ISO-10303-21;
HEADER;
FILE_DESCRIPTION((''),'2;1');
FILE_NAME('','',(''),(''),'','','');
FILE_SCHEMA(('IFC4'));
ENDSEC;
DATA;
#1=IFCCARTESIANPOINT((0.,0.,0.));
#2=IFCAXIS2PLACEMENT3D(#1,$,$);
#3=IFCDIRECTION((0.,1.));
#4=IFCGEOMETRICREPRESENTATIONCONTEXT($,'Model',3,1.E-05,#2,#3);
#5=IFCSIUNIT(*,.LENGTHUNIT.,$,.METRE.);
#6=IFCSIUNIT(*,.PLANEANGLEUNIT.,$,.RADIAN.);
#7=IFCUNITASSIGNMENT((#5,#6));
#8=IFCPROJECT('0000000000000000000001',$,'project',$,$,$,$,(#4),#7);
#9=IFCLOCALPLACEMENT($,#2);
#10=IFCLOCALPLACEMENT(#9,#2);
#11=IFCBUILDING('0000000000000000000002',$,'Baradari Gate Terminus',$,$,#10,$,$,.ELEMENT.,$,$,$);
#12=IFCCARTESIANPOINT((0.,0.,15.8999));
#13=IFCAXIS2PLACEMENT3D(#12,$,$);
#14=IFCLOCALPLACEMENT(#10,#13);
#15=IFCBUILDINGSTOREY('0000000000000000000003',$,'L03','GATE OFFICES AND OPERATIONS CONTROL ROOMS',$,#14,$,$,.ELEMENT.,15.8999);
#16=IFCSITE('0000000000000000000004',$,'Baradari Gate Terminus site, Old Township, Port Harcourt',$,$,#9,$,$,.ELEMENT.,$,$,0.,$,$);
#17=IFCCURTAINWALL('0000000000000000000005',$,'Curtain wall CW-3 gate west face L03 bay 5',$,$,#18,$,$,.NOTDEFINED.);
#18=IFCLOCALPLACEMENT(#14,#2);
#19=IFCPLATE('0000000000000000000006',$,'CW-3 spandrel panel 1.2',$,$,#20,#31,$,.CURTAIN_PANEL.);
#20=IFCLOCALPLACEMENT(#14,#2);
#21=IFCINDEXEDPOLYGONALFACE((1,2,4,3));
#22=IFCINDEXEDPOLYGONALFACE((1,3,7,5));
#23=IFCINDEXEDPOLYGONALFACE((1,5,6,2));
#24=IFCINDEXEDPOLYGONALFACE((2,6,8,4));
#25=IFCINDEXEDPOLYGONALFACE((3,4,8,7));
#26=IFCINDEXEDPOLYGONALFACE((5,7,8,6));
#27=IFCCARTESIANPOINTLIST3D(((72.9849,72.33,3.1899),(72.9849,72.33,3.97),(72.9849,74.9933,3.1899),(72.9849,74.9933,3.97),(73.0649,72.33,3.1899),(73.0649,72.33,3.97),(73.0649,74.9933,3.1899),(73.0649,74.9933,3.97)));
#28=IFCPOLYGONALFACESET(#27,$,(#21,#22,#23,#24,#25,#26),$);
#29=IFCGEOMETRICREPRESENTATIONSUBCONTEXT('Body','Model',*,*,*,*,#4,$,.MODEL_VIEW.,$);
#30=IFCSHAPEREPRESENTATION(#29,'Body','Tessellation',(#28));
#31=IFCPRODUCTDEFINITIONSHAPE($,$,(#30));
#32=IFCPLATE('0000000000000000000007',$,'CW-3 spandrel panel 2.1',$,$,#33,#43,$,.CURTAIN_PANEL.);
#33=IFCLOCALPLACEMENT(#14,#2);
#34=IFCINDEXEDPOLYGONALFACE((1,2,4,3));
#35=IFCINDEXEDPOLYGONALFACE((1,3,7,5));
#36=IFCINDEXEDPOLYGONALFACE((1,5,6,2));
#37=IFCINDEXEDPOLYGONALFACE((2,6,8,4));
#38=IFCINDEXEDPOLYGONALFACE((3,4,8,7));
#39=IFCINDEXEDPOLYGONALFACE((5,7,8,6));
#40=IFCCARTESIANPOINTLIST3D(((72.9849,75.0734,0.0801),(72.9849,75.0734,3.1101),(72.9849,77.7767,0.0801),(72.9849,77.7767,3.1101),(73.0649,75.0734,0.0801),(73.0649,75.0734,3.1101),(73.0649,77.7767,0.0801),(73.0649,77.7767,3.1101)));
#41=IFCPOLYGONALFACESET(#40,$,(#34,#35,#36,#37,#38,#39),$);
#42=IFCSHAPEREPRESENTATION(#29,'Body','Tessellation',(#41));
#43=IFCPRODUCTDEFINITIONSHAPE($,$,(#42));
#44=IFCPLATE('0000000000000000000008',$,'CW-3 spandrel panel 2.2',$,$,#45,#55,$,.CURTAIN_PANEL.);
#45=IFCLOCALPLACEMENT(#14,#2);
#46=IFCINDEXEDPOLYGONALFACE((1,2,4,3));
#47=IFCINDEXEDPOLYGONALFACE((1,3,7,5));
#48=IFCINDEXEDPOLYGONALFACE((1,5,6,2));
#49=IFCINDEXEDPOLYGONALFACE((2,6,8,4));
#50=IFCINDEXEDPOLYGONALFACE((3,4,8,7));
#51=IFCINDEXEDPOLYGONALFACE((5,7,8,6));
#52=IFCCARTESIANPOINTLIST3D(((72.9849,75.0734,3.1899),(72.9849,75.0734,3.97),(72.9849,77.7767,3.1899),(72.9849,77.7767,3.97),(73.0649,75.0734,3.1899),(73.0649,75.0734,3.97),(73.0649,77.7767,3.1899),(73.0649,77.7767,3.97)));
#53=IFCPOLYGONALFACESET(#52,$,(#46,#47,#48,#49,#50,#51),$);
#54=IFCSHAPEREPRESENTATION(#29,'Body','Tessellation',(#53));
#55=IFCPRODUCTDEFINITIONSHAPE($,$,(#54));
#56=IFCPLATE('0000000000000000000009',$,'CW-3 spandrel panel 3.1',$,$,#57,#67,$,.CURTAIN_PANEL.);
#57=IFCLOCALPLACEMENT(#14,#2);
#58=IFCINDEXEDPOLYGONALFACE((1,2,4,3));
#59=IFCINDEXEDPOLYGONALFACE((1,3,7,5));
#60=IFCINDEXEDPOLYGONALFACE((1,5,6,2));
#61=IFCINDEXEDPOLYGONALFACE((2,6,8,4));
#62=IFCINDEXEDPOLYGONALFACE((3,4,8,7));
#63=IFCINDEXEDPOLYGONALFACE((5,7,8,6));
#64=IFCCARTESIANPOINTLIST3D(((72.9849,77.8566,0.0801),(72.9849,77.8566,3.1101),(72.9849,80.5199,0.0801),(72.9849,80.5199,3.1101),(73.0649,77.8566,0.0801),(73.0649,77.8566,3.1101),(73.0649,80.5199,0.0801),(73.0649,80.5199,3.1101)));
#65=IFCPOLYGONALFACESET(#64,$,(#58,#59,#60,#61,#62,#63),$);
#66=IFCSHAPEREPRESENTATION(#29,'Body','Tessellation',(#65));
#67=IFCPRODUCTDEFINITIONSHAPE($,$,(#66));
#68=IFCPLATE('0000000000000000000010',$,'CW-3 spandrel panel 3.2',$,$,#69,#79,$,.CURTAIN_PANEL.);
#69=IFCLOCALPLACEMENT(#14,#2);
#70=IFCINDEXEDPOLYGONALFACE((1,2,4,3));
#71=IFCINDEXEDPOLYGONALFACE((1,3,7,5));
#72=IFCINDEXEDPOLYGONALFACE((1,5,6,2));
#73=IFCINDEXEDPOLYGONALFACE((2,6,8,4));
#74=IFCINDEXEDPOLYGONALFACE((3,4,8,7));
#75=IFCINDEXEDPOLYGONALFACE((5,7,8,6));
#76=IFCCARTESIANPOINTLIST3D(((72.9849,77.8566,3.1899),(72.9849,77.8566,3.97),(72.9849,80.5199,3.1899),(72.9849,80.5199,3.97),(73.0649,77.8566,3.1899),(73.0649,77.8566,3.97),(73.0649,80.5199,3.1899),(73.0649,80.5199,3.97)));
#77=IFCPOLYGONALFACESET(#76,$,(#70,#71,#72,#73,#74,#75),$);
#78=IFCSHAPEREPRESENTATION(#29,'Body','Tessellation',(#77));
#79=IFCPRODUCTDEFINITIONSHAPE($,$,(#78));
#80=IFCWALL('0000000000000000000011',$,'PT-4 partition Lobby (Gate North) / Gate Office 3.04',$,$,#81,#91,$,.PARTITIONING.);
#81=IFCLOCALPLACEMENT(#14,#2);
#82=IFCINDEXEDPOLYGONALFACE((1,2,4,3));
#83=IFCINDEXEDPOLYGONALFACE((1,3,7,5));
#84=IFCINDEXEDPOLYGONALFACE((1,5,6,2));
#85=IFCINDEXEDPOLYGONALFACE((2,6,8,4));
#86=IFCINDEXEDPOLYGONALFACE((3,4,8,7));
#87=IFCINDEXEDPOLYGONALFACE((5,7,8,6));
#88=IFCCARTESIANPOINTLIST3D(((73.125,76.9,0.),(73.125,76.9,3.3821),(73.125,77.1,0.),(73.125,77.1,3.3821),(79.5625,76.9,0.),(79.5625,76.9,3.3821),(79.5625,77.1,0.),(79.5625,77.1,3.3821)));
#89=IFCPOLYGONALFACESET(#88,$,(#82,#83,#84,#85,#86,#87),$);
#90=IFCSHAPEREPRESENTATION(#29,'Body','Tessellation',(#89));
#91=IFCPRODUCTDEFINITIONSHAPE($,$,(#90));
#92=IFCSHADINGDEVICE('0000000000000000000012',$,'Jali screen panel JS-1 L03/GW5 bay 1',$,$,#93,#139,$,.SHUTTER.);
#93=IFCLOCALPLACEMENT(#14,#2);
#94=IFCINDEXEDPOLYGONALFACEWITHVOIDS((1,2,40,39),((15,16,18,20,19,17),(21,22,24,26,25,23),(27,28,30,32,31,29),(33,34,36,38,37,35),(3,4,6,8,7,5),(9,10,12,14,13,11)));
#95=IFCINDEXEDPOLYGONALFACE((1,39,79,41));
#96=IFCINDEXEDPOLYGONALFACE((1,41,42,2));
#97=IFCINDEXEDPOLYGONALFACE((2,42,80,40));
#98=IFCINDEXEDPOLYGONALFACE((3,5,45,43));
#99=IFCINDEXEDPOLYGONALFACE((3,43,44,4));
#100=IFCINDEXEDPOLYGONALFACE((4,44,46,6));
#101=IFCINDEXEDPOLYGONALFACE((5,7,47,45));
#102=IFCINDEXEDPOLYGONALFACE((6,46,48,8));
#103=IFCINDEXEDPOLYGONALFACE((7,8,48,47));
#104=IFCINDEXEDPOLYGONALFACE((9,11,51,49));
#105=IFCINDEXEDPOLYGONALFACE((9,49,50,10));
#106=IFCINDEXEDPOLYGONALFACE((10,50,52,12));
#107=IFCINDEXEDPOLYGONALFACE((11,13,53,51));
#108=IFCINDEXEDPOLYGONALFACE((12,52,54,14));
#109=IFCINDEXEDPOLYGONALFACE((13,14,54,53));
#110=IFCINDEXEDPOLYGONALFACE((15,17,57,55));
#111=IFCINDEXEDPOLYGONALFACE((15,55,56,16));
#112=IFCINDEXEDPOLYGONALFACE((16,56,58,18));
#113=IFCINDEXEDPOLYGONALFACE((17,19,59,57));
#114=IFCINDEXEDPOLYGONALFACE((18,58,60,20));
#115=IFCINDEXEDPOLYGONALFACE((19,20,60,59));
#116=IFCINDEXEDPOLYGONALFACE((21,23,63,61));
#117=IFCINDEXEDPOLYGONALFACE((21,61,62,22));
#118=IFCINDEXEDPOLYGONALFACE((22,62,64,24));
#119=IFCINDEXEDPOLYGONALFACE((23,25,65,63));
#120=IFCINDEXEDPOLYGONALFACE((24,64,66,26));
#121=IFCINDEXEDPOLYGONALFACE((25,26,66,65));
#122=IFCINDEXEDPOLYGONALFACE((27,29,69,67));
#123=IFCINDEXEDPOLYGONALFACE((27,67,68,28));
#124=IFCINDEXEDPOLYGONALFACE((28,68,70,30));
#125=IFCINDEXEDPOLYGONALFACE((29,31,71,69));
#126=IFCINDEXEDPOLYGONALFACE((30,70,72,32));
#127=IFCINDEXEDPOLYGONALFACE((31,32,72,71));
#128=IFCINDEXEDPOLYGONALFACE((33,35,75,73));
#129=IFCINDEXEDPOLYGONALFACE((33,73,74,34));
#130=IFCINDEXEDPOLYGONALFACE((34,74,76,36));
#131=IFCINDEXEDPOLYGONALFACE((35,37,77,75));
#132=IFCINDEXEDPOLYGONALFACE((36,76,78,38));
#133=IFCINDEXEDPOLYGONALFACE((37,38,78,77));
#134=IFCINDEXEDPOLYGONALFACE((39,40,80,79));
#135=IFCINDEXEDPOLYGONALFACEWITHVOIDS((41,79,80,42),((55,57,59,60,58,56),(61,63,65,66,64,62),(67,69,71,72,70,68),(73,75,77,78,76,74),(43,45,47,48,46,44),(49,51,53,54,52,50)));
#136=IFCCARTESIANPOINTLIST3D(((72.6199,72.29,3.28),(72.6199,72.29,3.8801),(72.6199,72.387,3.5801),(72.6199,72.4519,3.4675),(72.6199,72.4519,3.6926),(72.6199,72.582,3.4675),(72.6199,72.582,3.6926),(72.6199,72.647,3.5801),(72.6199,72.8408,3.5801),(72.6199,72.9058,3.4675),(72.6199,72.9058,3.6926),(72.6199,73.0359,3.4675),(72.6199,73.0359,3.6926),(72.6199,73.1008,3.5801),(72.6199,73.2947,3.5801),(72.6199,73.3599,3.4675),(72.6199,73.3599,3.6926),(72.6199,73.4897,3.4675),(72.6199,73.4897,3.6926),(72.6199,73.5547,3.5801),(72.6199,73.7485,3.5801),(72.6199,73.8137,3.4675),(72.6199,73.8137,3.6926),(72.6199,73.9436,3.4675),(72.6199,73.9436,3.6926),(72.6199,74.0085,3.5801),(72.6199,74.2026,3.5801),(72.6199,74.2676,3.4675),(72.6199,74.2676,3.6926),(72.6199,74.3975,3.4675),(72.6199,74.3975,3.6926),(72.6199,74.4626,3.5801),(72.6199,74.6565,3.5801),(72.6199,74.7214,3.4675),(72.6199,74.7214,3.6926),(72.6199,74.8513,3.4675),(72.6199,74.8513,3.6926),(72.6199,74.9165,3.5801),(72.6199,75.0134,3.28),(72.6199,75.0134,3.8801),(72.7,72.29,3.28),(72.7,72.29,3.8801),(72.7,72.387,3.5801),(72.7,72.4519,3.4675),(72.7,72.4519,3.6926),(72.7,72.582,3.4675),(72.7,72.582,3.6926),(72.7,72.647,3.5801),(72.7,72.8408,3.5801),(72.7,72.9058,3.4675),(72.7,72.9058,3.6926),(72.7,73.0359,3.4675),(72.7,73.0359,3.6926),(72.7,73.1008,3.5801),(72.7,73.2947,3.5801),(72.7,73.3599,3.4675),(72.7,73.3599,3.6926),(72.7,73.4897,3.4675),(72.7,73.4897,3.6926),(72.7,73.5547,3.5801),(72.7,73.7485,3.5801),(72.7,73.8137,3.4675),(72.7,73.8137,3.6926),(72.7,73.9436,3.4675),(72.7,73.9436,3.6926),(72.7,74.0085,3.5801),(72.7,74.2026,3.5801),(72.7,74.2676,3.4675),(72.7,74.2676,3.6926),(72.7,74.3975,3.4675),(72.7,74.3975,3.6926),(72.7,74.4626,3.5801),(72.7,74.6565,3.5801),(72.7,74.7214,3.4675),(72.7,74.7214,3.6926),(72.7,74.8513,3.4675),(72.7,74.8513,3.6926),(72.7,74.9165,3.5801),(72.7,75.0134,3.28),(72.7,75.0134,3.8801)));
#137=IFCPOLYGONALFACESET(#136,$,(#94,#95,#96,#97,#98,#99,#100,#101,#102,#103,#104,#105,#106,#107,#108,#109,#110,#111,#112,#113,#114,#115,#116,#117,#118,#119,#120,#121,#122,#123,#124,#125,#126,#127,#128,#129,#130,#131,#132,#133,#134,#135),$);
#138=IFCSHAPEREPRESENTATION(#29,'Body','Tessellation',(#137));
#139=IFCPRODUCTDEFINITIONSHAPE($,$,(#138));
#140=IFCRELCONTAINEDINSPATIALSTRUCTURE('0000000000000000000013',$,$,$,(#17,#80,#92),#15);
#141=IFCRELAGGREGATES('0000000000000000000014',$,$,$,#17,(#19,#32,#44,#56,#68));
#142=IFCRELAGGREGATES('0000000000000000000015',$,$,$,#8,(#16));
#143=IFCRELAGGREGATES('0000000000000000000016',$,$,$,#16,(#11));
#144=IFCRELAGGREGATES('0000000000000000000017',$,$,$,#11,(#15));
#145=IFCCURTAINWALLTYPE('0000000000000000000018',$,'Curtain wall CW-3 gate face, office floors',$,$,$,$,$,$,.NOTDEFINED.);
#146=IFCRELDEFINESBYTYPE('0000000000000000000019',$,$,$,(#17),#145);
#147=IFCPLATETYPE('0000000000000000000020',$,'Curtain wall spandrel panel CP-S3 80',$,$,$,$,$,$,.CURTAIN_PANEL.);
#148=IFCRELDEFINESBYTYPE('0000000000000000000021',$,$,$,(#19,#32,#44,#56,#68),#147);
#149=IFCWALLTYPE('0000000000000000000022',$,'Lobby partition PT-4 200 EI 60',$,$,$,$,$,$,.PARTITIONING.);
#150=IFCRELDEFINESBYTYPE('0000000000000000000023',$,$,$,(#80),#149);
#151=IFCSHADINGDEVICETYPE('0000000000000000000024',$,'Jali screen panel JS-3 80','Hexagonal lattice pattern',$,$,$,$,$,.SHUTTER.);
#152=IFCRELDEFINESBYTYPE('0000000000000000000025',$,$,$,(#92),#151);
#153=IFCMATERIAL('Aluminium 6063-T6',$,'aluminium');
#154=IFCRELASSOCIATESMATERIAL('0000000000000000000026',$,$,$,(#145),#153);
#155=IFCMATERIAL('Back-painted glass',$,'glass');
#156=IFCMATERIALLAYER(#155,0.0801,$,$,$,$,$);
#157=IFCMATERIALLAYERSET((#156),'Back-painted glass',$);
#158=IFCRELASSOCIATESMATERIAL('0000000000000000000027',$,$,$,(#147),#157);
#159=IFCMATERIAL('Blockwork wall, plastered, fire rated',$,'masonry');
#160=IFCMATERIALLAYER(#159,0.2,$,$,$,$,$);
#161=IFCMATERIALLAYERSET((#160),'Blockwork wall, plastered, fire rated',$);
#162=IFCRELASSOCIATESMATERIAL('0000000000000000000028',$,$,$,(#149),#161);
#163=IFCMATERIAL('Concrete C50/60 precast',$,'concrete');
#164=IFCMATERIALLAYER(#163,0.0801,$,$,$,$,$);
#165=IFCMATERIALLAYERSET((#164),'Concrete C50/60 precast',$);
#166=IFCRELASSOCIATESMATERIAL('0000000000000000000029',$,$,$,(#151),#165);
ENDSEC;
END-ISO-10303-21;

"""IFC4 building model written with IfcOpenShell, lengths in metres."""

from ifc_helpers import new_model, si_unit, direction, frame, frame_2d, origin, origin_2d, place, context, subcontext, project, spatial, polyline, rectangle, outline, extrude, material, layer, layer_set, type_object, element, aggregate, save


model = new_model("IFC4")

# Units and contexts
model_context = context("Model", 3, precision=1e-05, world=origin(), true_north=direction((0.0, 1.0)))
body_context = subcontext(model_context, "Body", "Model", "MODEL_VIEW")
ifc_project = project(units=[si_unit("LENGTHUNIT", "METRE"), si_unit("PLANEANGLEUNIT", "RADIAN")], contexts=[model_context])

# Site, building, storey
site_placement = place(None, origin())
site = spatial("IfcSite", under=ifc_project, at=site_placement, Name="Baradari Gate Terminus site, Old Township, Port Harcourt", CompositionType="ELEMENT", RefElevation=0.0)
building_placement = place(site_placement, origin())
building = spatial("IfcBuilding", under=site, at=building_placement, Name="Baradari Gate Terminus", CompositionType="ELEMENT")
storey_placement = place(building_placement, frame((0.0, 0.0, 15.8999)))
storey = spatial("IfcBuildingStorey", under=building, at=storey_placement, Name="L03", Description="GATE OFFICES AND OPERATIONS CONTROL ROOMS", CompositionType="ELEMENT", Elevation=15.8999)

# Curtain wall, plates
ifc_material_1 = material(Name="Aluminium 6063-T6", Category="aluminium")
curtain_wall_type = type_object("IfcCurtainWallType", Name="Curtain wall CW-3 gate face, office floors", PredefinedType="NOTDEFINED", material=ifc_material_1)
curtain_wall_placement = place(storey_placement, origin())
curtain_wall = element("IfcCurtainWall", 1, at=curtain_wall_placement, inside=storey, type_object=curtain_wall_type, Name="Curtain wall CW-3 gate west face L03 bay 5", PredefinedType="NOTDEFINED")
ifc_material_2 = material(Name="Back-painted glass", Category="glass")
ifc_layer_1 = layer(ifc_material_2, 0.0801)
ifc_layer_set_1 = layer_set([ifc_layer_1], Name="Back-painted glass")
plate_type_1 = type_object("IfcPlateType", Name="Curtain wall spandrel panel CP-S3 80", PredefinedType="CURTAIN_PANEL", material=ifc_layer_set_1)
plate_1_placement = place(storey_placement, frame((73.0249, 73.6616, 3.1899), z_axis=(0.0, 0.0, 1.0), x_axis=(0.0, 1.0, 0.0)))
plate_1 = element("IfcPlate", 2, at=plate_1_placement, type_object=plate_type_1, Name="CW-3 spandrel panel 1.2", PredefinedType="CURTAIN_PANEL", context=body_context, shape_type="SweptSolid", body=[
    extrude(rectangle(XDim=2.6633, YDim=0.0801, at=origin_2d()), origin(), (0.0, 0.0, 1.0), 0.78),
])
plate_2_placement = place(storey_placement, frame((73.0249, 76.425, 0.0801), z_axis=(0.0, 0.0, 1.0), x_axis=(0.0, 1.0, 0.0)))
plate_2 = element("IfcPlate", 3, at=plate_2_placement, type_object=plate_type_1, Name="CW-3 spandrel panel 2.1", PredefinedType="CURTAIN_PANEL", context=body_context, shape_type="SweptSolid", body=[
    extrude(rectangle(XDim=2.7034, YDim=0.0801, at=origin_2d()), origin(), (0.0, 0.0, 1.0), 3.03),
])
plate_3_placement = place(storey_placement, frame((73.0249, 76.425, 3.1899), z_axis=(0.0, 0.0, 1.0), x_axis=(0.0, 1.0, 0.0)))
plate_3 = element("IfcPlate", 4, at=plate_3_placement, type_object=plate_type_1, Name="CW-3 spandrel panel 2.2", PredefinedType="CURTAIN_PANEL", context=body_context, shape_type="SweptSolid", body=[
    extrude(rectangle(XDim=2.7034, YDim=0.0801, at=origin_2d()), origin(), (0.0, 0.0, 1.0), 0.78),
])
plate_4_placement = place(storey_placement, frame((73.0249, 79.1882, 0.0801), z_axis=(0.0, 0.0, 1.0), x_axis=(0.0, 1.0, 0.0)))
plate_4 = element("IfcPlate", 5, at=plate_4_placement, type_object=plate_type_1, Name="CW-3 spandrel panel 3.1", PredefinedType="CURTAIN_PANEL", context=body_context, shape_type="SweptSolid", body=[
    extrude(rectangle(XDim=2.6633, YDim=0.0801, at=origin_2d()), origin(), (0.0, 0.0, 1.0), 3.03),
])
plate_5_placement = place(storey_placement, frame((73.0249, 79.1882, 3.1899), z_axis=(0.0, 0.0, 1.0), x_axis=(0.0, 1.0, 0.0)))
plate_5 = element("IfcPlate", 6, at=plate_5_placement, type_object=plate_type_1, Name="CW-3 spandrel panel 3.2", PredefinedType="CURTAIN_PANEL", context=body_context, shape_type="SweptSolid", body=[
    extrude(rectangle(XDim=2.6633, YDim=0.0801, at=origin_2d()), origin(), (0.0, 0.0, 1.0), 0.78),
])
aggregate(curtain_wall, [plate_1, plate_2, plate_3, plate_4, plate_5])

# Wall
ifc_material_3 = material(Name="Blockwork wall, plastered, fire rated", Category="masonry")
ifc_layer_2 = layer(ifc_material_3, 0.2)
ifc_layer_set_2 = layer_set([ifc_layer_2], Name="Blockwork wall, plastered, fire rated")
wall_type = type_object("IfcWallType", Name="Lobby partition PT-4 200 EI 60", PredefinedType="PARTITIONING", material=ifc_layer_set_2)
wall_placement = place(storey_placement, frame((79.5625, 77.0, 0.0), z_axis=(0.0, 0.0, 1.0), x_axis=(-1.0, 0.0, 0.0)))
element("IfcWall", 7, at=wall_placement, inside=storey, type_object=wall_type, Name="PT-4 partition Lobby (Gate North) / Gate Office 3.04", PredefinedType="PARTITIONING", context=body_context, shape_type="SweptSolid", body=[
    extrude(rectangle(XDim=6.4375, YDim=0.2, at=frame_2d((3.2188, 0.0))), origin(), (0.0, 0.0, 1.0), 3.3821),
])

# Shading device
ifc_material_4 = material(Name="Concrete C50/60 precast", Category="concrete")
ifc_layer_3 = layer(ifc_material_4, 0.0801)
ifc_layer_set_3 = layer_set([ifc_layer_3], Name="Concrete C50/60 precast")
shading_device_type = type_object("IfcShadingDeviceType", Name="Jali screen panel JS-3 80", Description="Hexagonal lattice pattern", PredefinedType="SHUTTER", material=ifc_layer_set_3)
shading_device_1_placement = place(storey_placement, frame((72.6599, 72.29, 3.28), z_axis=(0.0, 0.0, 1.0), x_axis=(0.0, 1.0, 0.0)))
element("IfcShadingDevice", 8, at=shading_device_1_placement, inside=storey, type_object=shading_device_type, Name="Jali screen panel JS-1 L03/GW5 bay 1", PredefinedType="SHUTTER", context=body_context, shape_type="SweptSolid", body=[
    extrude(outline(polyline([(0.0, 0.0), (2.7234, 0.0), (2.7234, 0.6001), (0.0, 0.6001), (0.0, 0.0)]), holes=[polyline([(0.3569, 0.3), (0.292, 0.1875), (0.1619, 0.1875), (0.0969, 0.3), (0.1619, 0.4126), (0.292, 0.4126), (0.3569, 0.3)]), polyline([(0.8108, 0.3), (0.7458, 0.1875), (0.6157, 0.1875), (0.5508, 0.3), (0.6157, 0.4126), (0.7458, 0.4126), (0.8108, 0.3)]), polyline([(1.2646, 0.3), (1.1997, 0.1875), (1.0698, 0.1875), (1.0046, 0.3), (1.0698, 0.4126), (1.1997, 0.4126), (1.2646, 0.3)]), polyline([(1.7185, 0.3), (1.6536, 0.1875), (1.5237, 0.1875), (1.4585, 0.3), (1.5237, 0.4126), (1.6536, 0.4126), (1.7185, 0.3)]), polyline([(2.1726, 0.3), (2.1074, 0.1875), (1.9775, 0.1875), (1.9126, 0.3), (1.9775, 0.4126), (2.1074, 0.4126), (2.1726, 0.3)]), polyline([(2.6265, 0.3), (2.5613, 0.1875), (2.4314, 0.1875), (2.3665, 0.3), (2.4314, 0.4126), (2.5613, 0.4126), (2.6265, 0.3)])]), frame((0.0, 0.04, 0.0), z_axis=(0.0, -1.0, 0.0), x_axis=(1.0, 0.0, 0.0)), (0.0, 0.0, 1.0), 0.0801),
])

save(model, "model.ifc")
